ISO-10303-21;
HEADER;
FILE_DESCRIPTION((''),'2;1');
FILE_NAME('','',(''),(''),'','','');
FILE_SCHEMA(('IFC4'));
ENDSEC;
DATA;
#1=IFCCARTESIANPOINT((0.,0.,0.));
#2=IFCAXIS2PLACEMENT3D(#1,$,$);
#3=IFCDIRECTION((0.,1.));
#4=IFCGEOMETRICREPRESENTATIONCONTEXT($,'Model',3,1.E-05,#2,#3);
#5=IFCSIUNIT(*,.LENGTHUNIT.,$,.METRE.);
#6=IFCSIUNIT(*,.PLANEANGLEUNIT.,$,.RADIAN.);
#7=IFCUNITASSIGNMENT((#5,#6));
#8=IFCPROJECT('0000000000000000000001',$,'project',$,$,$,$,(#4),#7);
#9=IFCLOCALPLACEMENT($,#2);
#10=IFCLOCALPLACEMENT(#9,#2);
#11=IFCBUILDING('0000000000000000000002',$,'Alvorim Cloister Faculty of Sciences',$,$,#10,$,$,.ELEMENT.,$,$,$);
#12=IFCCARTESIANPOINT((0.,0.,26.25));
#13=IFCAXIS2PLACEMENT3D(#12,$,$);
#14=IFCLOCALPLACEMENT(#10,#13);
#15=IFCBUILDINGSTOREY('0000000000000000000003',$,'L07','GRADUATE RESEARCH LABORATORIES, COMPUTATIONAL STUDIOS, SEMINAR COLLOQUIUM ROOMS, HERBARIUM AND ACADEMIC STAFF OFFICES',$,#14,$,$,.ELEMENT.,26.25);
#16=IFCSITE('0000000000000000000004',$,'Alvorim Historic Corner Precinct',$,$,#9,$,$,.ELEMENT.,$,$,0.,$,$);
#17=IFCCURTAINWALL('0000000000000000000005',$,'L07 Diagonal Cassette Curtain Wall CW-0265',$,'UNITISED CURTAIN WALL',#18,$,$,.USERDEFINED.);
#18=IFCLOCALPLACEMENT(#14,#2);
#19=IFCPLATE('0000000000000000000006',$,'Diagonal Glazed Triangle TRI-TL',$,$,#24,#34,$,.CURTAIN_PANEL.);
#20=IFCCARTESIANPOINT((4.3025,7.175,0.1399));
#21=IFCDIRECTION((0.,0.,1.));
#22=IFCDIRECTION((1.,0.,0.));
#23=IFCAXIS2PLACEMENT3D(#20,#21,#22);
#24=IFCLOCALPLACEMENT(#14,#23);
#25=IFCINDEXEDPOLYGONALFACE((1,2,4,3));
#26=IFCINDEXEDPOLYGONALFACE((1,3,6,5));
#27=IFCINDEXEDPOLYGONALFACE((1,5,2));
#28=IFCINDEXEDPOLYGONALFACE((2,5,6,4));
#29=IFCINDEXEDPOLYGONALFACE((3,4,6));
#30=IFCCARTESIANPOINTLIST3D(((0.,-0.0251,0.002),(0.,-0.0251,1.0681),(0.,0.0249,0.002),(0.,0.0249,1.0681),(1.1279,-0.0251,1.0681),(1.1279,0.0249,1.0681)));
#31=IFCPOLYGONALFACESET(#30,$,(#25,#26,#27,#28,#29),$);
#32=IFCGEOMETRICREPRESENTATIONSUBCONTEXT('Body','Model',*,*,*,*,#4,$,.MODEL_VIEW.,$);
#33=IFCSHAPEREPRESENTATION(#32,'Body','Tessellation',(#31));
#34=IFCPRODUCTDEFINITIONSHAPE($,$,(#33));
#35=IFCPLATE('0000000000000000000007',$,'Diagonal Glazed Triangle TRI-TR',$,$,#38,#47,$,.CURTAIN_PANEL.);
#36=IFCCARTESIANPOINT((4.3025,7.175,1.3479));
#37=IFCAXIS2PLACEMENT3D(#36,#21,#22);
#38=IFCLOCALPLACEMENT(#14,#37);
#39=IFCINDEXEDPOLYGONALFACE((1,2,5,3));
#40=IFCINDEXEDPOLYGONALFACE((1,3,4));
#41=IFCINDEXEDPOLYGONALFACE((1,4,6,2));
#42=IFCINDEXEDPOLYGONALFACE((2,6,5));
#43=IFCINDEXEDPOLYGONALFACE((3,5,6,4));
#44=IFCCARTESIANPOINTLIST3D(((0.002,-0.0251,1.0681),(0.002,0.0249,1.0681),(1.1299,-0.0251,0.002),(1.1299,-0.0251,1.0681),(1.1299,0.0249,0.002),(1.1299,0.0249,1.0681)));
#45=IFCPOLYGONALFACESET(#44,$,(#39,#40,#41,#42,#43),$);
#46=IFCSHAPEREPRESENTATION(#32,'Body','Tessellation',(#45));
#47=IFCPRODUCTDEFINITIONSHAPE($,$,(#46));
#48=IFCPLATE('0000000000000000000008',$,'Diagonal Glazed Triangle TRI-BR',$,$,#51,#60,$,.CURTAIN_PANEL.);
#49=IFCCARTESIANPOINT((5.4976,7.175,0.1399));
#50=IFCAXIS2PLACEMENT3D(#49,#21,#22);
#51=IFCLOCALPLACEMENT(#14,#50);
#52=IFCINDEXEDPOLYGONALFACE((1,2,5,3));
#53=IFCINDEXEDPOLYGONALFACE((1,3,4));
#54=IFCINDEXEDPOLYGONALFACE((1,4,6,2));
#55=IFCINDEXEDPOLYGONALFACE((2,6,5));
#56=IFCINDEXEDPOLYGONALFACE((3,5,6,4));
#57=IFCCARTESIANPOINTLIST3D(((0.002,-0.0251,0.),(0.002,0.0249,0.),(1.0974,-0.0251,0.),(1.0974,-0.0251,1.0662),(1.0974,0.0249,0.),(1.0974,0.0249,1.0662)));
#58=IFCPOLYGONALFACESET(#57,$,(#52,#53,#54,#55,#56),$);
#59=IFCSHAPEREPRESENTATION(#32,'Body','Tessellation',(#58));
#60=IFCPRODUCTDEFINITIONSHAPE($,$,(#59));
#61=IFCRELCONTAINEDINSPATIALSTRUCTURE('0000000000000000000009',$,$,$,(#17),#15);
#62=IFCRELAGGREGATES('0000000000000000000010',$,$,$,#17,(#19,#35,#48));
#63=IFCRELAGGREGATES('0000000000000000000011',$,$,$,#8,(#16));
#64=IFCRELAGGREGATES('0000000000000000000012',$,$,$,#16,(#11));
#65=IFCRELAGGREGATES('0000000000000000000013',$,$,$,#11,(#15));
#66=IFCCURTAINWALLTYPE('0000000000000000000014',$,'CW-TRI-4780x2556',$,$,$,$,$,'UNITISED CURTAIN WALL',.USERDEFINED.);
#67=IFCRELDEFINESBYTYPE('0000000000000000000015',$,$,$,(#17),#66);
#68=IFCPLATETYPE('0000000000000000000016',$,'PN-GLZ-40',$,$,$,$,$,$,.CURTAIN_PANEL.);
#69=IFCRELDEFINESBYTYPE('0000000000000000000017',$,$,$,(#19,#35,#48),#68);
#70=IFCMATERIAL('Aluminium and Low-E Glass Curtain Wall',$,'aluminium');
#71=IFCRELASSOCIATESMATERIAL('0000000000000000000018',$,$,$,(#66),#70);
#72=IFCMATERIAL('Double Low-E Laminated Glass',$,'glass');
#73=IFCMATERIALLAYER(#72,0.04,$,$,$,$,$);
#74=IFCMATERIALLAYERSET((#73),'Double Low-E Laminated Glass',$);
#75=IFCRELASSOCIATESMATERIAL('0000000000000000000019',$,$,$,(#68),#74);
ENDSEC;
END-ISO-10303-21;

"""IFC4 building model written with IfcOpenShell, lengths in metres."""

from ifc_helpers import new_model, si_unit, direction, frame, origin, place, context, subcontext, project, spatial, polyline, outline, extrude, material, layer, layer_set, type_object, element, aggregate, save


model = new_model("IFC4")

# Units and contexts
model_context = context("Model", 3, precision=1e-05, world=origin(), true_north=direction((0.0, 1.0)))
body_context = subcontext(model_context, "Body", "Model", "MODEL_VIEW")
ifc_project = project(units=[si_unit("LENGTHUNIT", "METRE"), si_unit("PLANEANGLEUNIT", "RADIAN")], contexts=[model_context])

# Site, building, storey
site_placement = place(None, origin())
site = spatial("IfcSite", under=ifc_project, at=site_placement, Name="Alvorim Historic Corner Precinct", CompositionType="ELEMENT", RefElevation=0.0)
building_placement = place(site_placement, origin())
building = spatial("IfcBuilding", under=site, at=building_placement, Name="Alvorim Cloister Faculty of Sciences", CompositionType="ELEMENT")
storey_placement = place(building_placement, frame((0.0, 0.0, 26.25)))
storey = spatial("IfcBuildingStorey", under=building, at=storey_placement, Name="L07", Description="GRADUATE RESEARCH LABORATORIES, COMPUTATIONAL STUDIOS, SEMINAR COLLOQUIUM ROOMS, HERBARIUM AND ACADEMIC STAFF OFFICES", CompositionType="ELEMENT", Elevation=26.25)

# Curtain wall, plates
ifc_material_1 = material(Name="Aluminium and Low-E Glass Curtain Wall", Category="aluminium")
curtain_wall_type = type_object("IfcCurtainWallType", Name="CW-TRI-4780x2556", ElementType="UNITISED CURTAIN WALL", PredefinedType="USERDEFINED", material=ifc_material_1)
curtain_wall_placement = place(storey_placement, origin())
curtain_wall = element("IfcCurtainWall", 1, at=curtain_wall_placement, inside=storey, type_object=curtain_wall_type, Name="L07 Diagonal Cassette Curtain Wall CW-0265", ObjectType="UNITISED CURTAIN WALL", PredefinedType="USERDEFINED")
ifc_material_2 = material(Name="Double Low-E Laminated Glass", Category="glass")
ifc_layer_1 = layer(ifc_material_2, 0.04)
ifc_layer_set_1 = layer_set([ifc_layer_1], Name="Double Low-E Laminated Glass")
plate_type = type_object("IfcPlateType", Name="PN-GLZ-40", PredefinedType="CURTAIN_PANEL", material=ifc_layer_set_1)
plate_1_placement = place(storey_placement, frame((4.3025, 7.175, 0.1399), z_axis=(0.0, 0.0, 1.0), x_axis=(1.0, 0.0, 0.0)))
plate_1 = element("IfcPlate", 2, at=plate_1_placement, type_object=plate_type, Name="Diagonal Glazed Triangle TRI-TL", PredefinedType="CURTAIN_PANEL", context=body_context, shape_type="SweptSolid", body=[
    extrude(outline(polyline([(1.1279, 1.0681), (0.0, 1.0681), (0.0, 0.002), (1.1279, 1.0681)])), frame((0.0, 0.0249, 0.0), z_axis=(0.0, -1.0, 0.0), x_axis=(1.0, 0.0, 0.0)), (0.0, 0.0, 1.0), 0.05),
])
plate_2_placement = place(storey_placement, frame((4.3025, 7.175, 1.3479), z_axis=(0.0, 0.0, 1.0), x_axis=(1.0, 0.0, 0.0)))
plate_2 = element("IfcPlate", 3, at=plate_2_placement, type_object=plate_type, Name="Diagonal Glazed Triangle TRI-TR", PredefinedType="CURTAIN_PANEL", context=body_context, shape_type="SweptSolid", body=[
    extrude(outline(polyline([(1.1299, 0.002), (1.1299, 1.0681), (0.002, 1.0681), (1.1299, 0.002)])), frame((0.0, 0.0249, 0.0), z_axis=(0.0, -1.0, 0.0), x_axis=(1.0, 0.0, 0.0)), (0.0, 0.0, 1.0), 0.05),
])
plate_3_placement = place(storey_placement, frame((5.4976, 7.175, 0.1399), z_axis=(0.0, 0.0, 1.0), x_axis=(1.0, 0.0, 0.0)))
plate_3 = element("IfcPlate", 4, at=plate_3_placement, type_object=plate_type, Name="Diagonal Glazed Triangle TRI-BR", PredefinedType="CURTAIN_PANEL", context=body_context, shape_type="SweptSolid", body=[
    extrude(outline(polyline([(0.002, 0.0), (1.0974, 0.0), (1.0974, 1.0662), (0.002, 0.0)])), frame((0.0, 0.0249, 0.0), z_axis=(0.0, -1.0, 0.0), x_axis=(1.0, 0.0, 0.0)), (0.0, 0.0, 1.0), 0.05),
])
aggregate(curtain_wall, [plate_1, plate_2, plate_3])

save(model, "model.ifc")
